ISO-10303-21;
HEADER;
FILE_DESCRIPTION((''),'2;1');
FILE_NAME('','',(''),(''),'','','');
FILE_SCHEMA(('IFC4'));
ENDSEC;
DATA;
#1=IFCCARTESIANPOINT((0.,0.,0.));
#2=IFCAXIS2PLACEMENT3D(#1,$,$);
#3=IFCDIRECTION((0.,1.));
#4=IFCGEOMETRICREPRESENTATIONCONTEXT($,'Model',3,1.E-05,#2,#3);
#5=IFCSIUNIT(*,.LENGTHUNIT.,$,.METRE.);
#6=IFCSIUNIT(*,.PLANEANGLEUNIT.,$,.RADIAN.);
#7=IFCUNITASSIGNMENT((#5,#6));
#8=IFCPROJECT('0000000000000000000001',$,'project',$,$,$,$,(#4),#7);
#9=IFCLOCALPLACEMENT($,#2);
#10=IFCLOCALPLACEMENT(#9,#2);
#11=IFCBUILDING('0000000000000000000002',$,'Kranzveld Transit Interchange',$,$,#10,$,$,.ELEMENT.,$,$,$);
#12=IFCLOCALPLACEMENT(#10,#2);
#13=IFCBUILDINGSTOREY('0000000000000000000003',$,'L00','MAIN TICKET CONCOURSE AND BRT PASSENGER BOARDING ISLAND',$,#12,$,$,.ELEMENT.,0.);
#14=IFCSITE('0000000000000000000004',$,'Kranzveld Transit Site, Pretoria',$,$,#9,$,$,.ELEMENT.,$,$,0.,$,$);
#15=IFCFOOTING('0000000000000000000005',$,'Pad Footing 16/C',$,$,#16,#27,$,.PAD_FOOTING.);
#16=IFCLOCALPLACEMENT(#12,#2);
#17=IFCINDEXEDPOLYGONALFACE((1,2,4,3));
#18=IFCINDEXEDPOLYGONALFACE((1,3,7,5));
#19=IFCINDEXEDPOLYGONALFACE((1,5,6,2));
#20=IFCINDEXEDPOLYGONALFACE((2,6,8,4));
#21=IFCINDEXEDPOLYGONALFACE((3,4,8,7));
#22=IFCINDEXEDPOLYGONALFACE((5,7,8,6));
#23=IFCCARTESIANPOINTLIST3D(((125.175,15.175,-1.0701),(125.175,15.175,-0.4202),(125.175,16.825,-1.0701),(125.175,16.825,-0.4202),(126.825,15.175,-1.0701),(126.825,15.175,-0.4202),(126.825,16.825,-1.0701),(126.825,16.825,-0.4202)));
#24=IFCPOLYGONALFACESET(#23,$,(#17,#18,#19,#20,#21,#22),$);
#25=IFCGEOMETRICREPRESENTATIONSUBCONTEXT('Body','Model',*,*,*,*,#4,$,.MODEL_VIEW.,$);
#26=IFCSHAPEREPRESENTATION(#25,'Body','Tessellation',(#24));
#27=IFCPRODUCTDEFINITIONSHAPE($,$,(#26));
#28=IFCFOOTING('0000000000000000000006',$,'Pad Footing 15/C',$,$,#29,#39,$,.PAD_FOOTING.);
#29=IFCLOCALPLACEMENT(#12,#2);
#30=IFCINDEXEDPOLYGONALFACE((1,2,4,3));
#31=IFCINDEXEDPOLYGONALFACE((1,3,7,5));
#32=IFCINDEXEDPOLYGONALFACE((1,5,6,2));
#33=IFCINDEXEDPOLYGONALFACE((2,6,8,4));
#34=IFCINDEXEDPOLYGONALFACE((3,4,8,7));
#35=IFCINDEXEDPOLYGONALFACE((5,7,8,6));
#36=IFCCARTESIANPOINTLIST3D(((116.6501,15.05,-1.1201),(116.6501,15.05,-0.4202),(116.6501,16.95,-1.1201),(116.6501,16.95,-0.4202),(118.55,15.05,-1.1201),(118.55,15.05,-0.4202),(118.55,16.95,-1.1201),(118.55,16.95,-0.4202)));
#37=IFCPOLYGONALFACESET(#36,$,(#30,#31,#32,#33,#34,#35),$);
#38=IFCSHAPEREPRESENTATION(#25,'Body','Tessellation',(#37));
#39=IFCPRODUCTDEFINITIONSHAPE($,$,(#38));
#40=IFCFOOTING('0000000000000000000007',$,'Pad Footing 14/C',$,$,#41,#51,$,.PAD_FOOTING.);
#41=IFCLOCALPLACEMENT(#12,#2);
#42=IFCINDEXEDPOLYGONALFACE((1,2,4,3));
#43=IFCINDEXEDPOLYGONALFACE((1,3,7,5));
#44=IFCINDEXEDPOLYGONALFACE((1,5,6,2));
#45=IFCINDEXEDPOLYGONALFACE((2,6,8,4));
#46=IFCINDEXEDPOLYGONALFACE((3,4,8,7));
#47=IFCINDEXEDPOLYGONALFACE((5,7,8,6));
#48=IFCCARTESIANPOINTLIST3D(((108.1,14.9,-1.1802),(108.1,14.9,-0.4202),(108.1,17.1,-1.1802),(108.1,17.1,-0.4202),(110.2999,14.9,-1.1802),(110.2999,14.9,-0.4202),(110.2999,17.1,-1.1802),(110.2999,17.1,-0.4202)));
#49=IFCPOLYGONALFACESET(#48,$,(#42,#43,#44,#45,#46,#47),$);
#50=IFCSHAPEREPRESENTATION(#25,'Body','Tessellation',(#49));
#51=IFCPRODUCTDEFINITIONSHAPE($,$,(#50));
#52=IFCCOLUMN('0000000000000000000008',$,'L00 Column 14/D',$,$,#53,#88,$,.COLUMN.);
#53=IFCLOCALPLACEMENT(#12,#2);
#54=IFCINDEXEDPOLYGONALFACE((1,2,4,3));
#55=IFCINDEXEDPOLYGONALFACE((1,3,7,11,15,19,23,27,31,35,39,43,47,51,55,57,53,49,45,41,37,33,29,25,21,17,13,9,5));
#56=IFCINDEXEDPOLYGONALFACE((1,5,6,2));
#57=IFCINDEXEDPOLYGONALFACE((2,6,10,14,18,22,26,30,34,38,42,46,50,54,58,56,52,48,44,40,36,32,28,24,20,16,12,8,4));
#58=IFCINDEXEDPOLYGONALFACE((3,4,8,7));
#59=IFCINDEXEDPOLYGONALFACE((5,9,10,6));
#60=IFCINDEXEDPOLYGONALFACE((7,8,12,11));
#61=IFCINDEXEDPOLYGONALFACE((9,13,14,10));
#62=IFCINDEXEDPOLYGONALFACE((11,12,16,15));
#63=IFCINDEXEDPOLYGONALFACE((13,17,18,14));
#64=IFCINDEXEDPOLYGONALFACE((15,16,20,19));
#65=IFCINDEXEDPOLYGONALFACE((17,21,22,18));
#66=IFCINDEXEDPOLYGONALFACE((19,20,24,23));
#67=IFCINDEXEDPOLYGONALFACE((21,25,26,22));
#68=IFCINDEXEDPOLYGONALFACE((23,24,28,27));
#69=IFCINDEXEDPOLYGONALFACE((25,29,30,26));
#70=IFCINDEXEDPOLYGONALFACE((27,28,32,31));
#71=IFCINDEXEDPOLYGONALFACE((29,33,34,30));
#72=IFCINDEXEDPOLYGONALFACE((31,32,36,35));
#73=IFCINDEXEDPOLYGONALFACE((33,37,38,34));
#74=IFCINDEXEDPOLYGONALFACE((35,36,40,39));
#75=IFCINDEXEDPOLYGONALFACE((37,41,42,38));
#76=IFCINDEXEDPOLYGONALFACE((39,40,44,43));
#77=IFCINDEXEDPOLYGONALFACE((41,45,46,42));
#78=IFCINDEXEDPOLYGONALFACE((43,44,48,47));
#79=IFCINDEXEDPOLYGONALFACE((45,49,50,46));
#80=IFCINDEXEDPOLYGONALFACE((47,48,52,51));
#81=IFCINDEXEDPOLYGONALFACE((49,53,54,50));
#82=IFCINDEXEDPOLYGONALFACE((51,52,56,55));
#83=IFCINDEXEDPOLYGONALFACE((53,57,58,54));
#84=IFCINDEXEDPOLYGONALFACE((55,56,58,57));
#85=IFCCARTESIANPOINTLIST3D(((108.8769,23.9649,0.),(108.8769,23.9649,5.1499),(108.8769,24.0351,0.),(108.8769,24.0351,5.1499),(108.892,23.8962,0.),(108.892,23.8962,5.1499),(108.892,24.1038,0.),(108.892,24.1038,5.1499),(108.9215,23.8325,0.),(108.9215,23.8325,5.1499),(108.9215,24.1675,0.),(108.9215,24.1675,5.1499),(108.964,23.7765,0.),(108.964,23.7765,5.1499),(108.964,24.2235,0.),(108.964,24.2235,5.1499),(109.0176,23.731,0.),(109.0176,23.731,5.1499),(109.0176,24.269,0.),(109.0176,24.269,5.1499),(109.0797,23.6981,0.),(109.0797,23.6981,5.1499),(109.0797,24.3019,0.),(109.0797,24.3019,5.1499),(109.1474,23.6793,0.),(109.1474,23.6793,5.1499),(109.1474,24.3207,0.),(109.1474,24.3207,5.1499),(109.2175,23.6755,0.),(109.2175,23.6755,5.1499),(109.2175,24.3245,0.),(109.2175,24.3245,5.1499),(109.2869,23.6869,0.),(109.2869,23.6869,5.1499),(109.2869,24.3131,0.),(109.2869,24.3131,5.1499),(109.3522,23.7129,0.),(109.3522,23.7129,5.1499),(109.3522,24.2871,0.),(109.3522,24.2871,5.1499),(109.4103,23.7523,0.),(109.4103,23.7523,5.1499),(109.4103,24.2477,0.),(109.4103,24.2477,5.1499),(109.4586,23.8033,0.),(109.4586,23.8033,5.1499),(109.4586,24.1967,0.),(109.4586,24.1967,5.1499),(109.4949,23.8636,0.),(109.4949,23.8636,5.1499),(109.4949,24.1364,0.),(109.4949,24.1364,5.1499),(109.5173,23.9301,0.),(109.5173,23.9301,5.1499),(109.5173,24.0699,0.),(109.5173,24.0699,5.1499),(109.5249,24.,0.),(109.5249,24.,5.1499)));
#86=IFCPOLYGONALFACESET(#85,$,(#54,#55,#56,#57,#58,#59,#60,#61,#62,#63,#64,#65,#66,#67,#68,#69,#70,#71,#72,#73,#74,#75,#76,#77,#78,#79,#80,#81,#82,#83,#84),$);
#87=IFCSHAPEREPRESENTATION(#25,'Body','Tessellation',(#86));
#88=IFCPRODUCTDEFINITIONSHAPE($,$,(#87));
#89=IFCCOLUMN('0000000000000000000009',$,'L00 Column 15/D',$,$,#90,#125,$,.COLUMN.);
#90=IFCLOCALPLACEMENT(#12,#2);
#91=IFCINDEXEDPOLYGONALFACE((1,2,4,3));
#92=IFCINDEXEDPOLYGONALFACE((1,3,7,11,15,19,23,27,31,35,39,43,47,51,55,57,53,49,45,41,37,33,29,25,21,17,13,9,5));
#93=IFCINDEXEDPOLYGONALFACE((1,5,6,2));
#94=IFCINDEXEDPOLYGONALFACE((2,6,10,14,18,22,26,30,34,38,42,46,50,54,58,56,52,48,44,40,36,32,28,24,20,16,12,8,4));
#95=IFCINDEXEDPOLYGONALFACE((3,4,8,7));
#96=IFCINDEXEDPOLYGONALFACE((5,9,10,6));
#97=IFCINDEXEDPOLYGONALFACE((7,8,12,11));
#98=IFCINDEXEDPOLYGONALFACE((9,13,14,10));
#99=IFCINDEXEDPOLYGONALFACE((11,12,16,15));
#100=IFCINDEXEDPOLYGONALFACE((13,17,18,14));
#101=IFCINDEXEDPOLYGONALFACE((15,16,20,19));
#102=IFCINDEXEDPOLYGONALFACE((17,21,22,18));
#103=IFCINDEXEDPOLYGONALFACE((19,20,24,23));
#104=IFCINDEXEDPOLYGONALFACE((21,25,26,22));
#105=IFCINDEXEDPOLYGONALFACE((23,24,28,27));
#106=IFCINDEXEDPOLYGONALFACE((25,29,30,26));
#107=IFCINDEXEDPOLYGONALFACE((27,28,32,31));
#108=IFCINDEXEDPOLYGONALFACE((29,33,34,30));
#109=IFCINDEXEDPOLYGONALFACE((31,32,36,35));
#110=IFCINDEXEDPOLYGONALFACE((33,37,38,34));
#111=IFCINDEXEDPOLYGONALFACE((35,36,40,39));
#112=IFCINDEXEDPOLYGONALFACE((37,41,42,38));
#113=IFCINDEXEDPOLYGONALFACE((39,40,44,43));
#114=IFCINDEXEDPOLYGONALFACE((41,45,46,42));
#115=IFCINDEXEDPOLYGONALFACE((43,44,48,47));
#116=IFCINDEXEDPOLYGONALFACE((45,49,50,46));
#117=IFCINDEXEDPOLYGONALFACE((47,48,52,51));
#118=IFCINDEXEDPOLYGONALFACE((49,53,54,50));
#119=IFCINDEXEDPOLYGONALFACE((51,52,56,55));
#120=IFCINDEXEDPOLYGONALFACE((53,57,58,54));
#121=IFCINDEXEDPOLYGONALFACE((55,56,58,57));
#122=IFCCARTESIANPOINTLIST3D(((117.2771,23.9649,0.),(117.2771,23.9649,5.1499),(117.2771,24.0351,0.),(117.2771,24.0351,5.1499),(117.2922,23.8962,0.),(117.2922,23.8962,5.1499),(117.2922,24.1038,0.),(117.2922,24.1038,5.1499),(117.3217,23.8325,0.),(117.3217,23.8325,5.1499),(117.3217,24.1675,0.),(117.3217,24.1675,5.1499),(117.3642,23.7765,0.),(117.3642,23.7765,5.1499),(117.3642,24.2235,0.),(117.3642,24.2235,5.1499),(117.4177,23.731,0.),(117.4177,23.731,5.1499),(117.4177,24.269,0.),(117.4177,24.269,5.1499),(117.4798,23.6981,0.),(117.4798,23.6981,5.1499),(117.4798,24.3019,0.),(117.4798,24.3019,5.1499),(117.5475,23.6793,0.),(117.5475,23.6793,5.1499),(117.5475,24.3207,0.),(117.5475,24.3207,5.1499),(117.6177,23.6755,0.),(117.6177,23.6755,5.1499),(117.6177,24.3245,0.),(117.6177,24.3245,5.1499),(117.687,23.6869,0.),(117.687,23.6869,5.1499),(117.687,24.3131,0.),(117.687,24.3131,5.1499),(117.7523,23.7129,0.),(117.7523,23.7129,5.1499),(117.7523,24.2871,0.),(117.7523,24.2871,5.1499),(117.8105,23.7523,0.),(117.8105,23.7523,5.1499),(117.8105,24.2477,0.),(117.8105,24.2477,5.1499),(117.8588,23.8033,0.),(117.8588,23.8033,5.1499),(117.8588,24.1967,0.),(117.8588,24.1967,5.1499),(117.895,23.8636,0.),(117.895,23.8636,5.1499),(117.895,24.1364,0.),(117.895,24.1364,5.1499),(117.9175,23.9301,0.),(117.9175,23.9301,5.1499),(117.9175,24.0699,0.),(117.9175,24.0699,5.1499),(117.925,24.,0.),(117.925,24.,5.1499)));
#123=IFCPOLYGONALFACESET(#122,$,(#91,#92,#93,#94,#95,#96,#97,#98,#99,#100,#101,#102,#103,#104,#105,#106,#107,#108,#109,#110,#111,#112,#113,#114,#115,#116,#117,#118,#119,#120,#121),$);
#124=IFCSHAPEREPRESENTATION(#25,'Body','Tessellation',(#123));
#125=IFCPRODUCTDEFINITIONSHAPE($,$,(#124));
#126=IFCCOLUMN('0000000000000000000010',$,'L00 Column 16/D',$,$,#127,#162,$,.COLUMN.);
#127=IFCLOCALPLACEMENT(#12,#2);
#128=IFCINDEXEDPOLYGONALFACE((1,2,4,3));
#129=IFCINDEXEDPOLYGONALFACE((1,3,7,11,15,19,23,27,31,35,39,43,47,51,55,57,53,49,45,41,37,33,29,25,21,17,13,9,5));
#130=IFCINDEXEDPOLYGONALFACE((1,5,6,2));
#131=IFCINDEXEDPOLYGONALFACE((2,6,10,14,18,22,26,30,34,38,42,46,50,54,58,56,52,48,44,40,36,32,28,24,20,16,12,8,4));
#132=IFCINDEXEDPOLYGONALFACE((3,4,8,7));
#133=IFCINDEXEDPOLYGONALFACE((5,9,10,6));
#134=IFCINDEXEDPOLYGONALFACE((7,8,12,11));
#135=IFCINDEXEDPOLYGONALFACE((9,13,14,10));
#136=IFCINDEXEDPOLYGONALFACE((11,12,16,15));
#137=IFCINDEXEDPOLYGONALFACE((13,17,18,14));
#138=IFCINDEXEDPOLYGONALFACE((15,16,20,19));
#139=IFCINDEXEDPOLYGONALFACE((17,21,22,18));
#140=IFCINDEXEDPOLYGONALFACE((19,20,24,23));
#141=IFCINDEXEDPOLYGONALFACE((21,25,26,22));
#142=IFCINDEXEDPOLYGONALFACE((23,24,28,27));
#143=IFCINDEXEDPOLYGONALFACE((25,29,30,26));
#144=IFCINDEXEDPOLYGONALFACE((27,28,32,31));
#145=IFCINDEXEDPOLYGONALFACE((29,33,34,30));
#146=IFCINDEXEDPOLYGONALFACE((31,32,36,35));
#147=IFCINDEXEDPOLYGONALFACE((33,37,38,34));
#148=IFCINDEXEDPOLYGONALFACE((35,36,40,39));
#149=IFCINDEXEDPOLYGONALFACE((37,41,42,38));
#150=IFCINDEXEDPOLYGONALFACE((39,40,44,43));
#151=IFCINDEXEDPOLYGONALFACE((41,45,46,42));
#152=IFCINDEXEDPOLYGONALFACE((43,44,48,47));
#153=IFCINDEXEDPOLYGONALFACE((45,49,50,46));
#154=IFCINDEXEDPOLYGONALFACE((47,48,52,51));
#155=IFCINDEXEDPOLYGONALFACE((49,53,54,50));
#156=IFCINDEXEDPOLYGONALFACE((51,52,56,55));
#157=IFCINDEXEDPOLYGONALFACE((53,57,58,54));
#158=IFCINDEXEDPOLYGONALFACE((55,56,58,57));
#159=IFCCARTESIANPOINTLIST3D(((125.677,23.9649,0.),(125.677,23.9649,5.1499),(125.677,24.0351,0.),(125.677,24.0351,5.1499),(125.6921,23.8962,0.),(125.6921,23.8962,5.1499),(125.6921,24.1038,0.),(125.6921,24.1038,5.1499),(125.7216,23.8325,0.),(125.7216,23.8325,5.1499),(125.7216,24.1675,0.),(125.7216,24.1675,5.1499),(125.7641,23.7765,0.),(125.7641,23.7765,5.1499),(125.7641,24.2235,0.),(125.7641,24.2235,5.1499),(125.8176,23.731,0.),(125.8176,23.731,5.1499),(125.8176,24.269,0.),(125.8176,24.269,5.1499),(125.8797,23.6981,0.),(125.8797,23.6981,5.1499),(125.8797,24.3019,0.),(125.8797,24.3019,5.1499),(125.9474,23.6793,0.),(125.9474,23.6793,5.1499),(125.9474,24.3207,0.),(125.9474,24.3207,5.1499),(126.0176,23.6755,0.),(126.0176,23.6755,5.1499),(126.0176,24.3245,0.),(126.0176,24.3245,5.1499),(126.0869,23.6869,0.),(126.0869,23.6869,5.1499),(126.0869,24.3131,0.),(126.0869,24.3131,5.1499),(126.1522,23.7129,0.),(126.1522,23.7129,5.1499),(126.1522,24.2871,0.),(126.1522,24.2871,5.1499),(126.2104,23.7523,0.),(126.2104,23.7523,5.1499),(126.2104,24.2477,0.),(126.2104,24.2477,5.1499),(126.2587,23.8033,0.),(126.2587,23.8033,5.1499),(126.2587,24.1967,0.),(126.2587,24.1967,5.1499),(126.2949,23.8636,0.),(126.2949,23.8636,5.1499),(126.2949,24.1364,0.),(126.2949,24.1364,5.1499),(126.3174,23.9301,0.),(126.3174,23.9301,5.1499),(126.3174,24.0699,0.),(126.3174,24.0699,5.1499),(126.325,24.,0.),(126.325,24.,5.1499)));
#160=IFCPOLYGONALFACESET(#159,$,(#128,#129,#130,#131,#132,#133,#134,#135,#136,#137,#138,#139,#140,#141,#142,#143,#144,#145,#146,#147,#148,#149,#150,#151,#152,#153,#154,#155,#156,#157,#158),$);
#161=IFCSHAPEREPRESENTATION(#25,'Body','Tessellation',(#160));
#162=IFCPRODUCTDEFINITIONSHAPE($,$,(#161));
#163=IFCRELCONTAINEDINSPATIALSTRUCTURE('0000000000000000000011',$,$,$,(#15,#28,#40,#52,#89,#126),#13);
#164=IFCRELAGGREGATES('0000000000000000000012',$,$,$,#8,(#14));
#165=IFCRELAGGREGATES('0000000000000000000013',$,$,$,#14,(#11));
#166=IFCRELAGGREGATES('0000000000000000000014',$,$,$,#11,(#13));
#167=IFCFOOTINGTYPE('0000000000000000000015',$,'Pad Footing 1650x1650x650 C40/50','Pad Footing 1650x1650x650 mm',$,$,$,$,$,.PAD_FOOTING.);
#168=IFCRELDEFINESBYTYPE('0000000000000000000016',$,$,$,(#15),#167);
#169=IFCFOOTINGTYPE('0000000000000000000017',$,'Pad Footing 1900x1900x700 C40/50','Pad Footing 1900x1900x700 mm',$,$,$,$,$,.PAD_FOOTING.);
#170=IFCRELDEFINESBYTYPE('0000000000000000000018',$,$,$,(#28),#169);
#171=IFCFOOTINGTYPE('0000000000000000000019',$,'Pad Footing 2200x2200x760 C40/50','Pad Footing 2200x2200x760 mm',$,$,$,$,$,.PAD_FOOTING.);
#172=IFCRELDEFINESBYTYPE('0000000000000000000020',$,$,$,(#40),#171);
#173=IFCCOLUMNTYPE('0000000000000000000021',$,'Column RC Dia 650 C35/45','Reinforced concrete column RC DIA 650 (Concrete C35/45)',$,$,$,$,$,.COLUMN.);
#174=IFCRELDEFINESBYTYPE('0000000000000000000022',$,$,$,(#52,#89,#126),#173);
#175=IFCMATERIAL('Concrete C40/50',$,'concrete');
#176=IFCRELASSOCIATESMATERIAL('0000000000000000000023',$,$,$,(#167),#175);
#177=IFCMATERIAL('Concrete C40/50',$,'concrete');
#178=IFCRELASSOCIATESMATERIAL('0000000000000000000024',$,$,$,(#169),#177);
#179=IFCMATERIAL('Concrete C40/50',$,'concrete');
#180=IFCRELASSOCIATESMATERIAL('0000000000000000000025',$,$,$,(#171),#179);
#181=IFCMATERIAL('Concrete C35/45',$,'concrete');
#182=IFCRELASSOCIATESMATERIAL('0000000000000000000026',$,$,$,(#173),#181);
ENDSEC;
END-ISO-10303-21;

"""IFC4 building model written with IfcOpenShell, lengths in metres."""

from ifc_helpers import new_model, si_unit, direction, frame, origin, origin_2d, place, context, subcontext, project, spatial, rectangle, circle, extrude, material, material_profile, profile_set, type_object, element, save


model = new_model("IFC4")

# Units and contexts
model_context = context("Model", 3, precision=1e-05, world=origin(), true_north=direction((0.0, 1.0)))
body_context = subcontext(model_context, "Body", "Model", "MODEL_VIEW")
ifc_project = project(units=[si_unit("LENGTHUNIT", "METRE"), si_unit("PLANEANGLEUNIT", "RADIAN")], contexts=[model_context])

# Site, building, storey
site_placement = place(None, origin())
site = spatial("IfcSite", under=ifc_project, at=site_placement, Name="Kranzveld Transit Site, Pretoria", CompositionType="ELEMENT", RefElevation=0.0)
building_placement = place(site_placement, origin())
building = spatial("IfcBuilding", under=site, at=building_placement, Name="Kranzveld Transit Interchange", CompositionType="ELEMENT")
storey_placement = place(building_placement, origin())
storey = spatial("IfcBuildingStorey", under=building, at=storey_placement, Name="L00", Description="MAIN TICKET CONCOURSE AND BRT PASSENGER BOARDING ISLAND", CompositionType="ELEMENT", Elevation=0.0)

# Footings
ifc_material_1 = material(Name="Concrete C40/50", Category="concrete")
footing_type_1 = type_object("IfcFootingType", Name="Pad Footing 1650x1650x650 C40/50", Description="Pad Footing 1650x1650x650 mm", PredefinedType="PAD_FOOTING", material=ifc_material_1)
footing_1_placement = place(storey_placement, frame((126.0, 16.0, -1.0701), z_axis=(0.0, 0.0, 1.0), x_axis=(1.0, 0.0, 0.0)))
element("IfcFooting", 1, at=footing_1_placement, inside=storey, type_object=footing_type_1, Name="Pad Footing 16/C", PredefinedType="PAD_FOOTING", context=body_context, shape_type="SweptSolid", body=[
    extrude(rectangle(XDim=1.6499, YDim=1.6499, at=origin_2d()), origin(), (0.0, 0.0, 1.0), 0.6499),
])
ifc_material_2 = material(Name="Concrete C40/50", Category="concrete")
footing_type_2 = type_object("IfcFootingType", Name="Pad Footing 1900x1900x700 C40/50", Description="Pad Footing 1900x1900x700 mm", PredefinedType="PAD_FOOTING", material=ifc_material_2)
footing_2_placement = place(storey_placement, frame((117.6001, 16.0, -1.1201), z_axis=(0.0, 0.0, 1.0), x_axis=(1.0, 0.0, 0.0)))
element("IfcFooting", 2, at=footing_2_placement, inside=storey, type_object=footing_type_2, Name="Pad Footing 15/C", PredefinedType="PAD_FOOTING", context=body_context, shape_type="SweptSolid", body=[
    extrude(rectangle(XDim=1.8999, YDim=1.8999, at=origin_2d()), origin(), (0.0, 0.0, 1.0), 0.7),
])
ifc_material_3 = material(Name="Concrete C40/50", Category="concrete")
footing_type_3 = type_object("IfcFootingType", Name="Pad Footing 2200x2200x760 C40/50", Description="Pad Footing 2200x2200x760 mm", PredefinedType="PAD_FOOTING", material=ifc_material_3)
footing_3_placement = place(storey_placement, frame((109.2, 16.0, -1.1802), z_axis=(0.0, 0.0, 1.0), x_axis=(1.0, 0.0, 0.0)))
element("IfcFooting", 3, at=footing_3_placement, inside=storey, type_object=footing_type_3, Name="Pad Footing 14/C", PredefinedType="PAD_FOOTING", context=body_context, shape_type="SweptSolid", body=[
    extrude(rectangle(XDim=2.2, YDim=2.2, at=origin_2d()), origin(), (0.0, 0.0, 1.0), 0.76),
])

# Columns
ifc_material_4 = material(Name="Concrete C35/45", Category="concrete")
ifc_material_profile_1 = material_profile(ifc_material_4, circle(Radius=0.325, at=origin_2d()), Name="RC DIA 650")
ifc_profile_set_1 = profile_set([ifc_material_profile_1], Name="Concrete C35/45")
column_type_1 = type_object("IfcColumnType", Name="Column RC Dia 650 C35/45", Description="Reinforced concrete column RC DIA 650 (Concrete C35/45)", PredefinedType="COLUMN", material=ifc_profile_set_1)
for number, where, z_axis, x_axis, name in (
    (4, (109.2, 24.0, 0.0), (0.0, 0.0, 1.0), (1.0, 0.0, 0.0), "L00 Column 14/D"),
    (5, (117.6001, 24.0, 0.0), (0.0, 0.0, 1.0), (1.0, 0.0, 0.0), "L00 Column 15/D"),
    (6, (126.0, 24.0, 0.0), (0.0, 0.0, 1.0), (1.0, 0.0, 0.0), "L00 Column 16/D"),
):
    element("IfcColumn", number, at=place(storey_placement, frame(where, z_axis=z_axis, x_axis=x_axis)), inside=storey, type_object=column_type_1, Name=name, PredefinedType="COLUMN", context=body_context, shape_type="SweptSolid", body=[
        extrude(circle(Radius=0.325, at=origin_2d()), origin(), (0.0, 0.0, 1.0), 5.1499),
    ])

save(model, "model.ifc")
